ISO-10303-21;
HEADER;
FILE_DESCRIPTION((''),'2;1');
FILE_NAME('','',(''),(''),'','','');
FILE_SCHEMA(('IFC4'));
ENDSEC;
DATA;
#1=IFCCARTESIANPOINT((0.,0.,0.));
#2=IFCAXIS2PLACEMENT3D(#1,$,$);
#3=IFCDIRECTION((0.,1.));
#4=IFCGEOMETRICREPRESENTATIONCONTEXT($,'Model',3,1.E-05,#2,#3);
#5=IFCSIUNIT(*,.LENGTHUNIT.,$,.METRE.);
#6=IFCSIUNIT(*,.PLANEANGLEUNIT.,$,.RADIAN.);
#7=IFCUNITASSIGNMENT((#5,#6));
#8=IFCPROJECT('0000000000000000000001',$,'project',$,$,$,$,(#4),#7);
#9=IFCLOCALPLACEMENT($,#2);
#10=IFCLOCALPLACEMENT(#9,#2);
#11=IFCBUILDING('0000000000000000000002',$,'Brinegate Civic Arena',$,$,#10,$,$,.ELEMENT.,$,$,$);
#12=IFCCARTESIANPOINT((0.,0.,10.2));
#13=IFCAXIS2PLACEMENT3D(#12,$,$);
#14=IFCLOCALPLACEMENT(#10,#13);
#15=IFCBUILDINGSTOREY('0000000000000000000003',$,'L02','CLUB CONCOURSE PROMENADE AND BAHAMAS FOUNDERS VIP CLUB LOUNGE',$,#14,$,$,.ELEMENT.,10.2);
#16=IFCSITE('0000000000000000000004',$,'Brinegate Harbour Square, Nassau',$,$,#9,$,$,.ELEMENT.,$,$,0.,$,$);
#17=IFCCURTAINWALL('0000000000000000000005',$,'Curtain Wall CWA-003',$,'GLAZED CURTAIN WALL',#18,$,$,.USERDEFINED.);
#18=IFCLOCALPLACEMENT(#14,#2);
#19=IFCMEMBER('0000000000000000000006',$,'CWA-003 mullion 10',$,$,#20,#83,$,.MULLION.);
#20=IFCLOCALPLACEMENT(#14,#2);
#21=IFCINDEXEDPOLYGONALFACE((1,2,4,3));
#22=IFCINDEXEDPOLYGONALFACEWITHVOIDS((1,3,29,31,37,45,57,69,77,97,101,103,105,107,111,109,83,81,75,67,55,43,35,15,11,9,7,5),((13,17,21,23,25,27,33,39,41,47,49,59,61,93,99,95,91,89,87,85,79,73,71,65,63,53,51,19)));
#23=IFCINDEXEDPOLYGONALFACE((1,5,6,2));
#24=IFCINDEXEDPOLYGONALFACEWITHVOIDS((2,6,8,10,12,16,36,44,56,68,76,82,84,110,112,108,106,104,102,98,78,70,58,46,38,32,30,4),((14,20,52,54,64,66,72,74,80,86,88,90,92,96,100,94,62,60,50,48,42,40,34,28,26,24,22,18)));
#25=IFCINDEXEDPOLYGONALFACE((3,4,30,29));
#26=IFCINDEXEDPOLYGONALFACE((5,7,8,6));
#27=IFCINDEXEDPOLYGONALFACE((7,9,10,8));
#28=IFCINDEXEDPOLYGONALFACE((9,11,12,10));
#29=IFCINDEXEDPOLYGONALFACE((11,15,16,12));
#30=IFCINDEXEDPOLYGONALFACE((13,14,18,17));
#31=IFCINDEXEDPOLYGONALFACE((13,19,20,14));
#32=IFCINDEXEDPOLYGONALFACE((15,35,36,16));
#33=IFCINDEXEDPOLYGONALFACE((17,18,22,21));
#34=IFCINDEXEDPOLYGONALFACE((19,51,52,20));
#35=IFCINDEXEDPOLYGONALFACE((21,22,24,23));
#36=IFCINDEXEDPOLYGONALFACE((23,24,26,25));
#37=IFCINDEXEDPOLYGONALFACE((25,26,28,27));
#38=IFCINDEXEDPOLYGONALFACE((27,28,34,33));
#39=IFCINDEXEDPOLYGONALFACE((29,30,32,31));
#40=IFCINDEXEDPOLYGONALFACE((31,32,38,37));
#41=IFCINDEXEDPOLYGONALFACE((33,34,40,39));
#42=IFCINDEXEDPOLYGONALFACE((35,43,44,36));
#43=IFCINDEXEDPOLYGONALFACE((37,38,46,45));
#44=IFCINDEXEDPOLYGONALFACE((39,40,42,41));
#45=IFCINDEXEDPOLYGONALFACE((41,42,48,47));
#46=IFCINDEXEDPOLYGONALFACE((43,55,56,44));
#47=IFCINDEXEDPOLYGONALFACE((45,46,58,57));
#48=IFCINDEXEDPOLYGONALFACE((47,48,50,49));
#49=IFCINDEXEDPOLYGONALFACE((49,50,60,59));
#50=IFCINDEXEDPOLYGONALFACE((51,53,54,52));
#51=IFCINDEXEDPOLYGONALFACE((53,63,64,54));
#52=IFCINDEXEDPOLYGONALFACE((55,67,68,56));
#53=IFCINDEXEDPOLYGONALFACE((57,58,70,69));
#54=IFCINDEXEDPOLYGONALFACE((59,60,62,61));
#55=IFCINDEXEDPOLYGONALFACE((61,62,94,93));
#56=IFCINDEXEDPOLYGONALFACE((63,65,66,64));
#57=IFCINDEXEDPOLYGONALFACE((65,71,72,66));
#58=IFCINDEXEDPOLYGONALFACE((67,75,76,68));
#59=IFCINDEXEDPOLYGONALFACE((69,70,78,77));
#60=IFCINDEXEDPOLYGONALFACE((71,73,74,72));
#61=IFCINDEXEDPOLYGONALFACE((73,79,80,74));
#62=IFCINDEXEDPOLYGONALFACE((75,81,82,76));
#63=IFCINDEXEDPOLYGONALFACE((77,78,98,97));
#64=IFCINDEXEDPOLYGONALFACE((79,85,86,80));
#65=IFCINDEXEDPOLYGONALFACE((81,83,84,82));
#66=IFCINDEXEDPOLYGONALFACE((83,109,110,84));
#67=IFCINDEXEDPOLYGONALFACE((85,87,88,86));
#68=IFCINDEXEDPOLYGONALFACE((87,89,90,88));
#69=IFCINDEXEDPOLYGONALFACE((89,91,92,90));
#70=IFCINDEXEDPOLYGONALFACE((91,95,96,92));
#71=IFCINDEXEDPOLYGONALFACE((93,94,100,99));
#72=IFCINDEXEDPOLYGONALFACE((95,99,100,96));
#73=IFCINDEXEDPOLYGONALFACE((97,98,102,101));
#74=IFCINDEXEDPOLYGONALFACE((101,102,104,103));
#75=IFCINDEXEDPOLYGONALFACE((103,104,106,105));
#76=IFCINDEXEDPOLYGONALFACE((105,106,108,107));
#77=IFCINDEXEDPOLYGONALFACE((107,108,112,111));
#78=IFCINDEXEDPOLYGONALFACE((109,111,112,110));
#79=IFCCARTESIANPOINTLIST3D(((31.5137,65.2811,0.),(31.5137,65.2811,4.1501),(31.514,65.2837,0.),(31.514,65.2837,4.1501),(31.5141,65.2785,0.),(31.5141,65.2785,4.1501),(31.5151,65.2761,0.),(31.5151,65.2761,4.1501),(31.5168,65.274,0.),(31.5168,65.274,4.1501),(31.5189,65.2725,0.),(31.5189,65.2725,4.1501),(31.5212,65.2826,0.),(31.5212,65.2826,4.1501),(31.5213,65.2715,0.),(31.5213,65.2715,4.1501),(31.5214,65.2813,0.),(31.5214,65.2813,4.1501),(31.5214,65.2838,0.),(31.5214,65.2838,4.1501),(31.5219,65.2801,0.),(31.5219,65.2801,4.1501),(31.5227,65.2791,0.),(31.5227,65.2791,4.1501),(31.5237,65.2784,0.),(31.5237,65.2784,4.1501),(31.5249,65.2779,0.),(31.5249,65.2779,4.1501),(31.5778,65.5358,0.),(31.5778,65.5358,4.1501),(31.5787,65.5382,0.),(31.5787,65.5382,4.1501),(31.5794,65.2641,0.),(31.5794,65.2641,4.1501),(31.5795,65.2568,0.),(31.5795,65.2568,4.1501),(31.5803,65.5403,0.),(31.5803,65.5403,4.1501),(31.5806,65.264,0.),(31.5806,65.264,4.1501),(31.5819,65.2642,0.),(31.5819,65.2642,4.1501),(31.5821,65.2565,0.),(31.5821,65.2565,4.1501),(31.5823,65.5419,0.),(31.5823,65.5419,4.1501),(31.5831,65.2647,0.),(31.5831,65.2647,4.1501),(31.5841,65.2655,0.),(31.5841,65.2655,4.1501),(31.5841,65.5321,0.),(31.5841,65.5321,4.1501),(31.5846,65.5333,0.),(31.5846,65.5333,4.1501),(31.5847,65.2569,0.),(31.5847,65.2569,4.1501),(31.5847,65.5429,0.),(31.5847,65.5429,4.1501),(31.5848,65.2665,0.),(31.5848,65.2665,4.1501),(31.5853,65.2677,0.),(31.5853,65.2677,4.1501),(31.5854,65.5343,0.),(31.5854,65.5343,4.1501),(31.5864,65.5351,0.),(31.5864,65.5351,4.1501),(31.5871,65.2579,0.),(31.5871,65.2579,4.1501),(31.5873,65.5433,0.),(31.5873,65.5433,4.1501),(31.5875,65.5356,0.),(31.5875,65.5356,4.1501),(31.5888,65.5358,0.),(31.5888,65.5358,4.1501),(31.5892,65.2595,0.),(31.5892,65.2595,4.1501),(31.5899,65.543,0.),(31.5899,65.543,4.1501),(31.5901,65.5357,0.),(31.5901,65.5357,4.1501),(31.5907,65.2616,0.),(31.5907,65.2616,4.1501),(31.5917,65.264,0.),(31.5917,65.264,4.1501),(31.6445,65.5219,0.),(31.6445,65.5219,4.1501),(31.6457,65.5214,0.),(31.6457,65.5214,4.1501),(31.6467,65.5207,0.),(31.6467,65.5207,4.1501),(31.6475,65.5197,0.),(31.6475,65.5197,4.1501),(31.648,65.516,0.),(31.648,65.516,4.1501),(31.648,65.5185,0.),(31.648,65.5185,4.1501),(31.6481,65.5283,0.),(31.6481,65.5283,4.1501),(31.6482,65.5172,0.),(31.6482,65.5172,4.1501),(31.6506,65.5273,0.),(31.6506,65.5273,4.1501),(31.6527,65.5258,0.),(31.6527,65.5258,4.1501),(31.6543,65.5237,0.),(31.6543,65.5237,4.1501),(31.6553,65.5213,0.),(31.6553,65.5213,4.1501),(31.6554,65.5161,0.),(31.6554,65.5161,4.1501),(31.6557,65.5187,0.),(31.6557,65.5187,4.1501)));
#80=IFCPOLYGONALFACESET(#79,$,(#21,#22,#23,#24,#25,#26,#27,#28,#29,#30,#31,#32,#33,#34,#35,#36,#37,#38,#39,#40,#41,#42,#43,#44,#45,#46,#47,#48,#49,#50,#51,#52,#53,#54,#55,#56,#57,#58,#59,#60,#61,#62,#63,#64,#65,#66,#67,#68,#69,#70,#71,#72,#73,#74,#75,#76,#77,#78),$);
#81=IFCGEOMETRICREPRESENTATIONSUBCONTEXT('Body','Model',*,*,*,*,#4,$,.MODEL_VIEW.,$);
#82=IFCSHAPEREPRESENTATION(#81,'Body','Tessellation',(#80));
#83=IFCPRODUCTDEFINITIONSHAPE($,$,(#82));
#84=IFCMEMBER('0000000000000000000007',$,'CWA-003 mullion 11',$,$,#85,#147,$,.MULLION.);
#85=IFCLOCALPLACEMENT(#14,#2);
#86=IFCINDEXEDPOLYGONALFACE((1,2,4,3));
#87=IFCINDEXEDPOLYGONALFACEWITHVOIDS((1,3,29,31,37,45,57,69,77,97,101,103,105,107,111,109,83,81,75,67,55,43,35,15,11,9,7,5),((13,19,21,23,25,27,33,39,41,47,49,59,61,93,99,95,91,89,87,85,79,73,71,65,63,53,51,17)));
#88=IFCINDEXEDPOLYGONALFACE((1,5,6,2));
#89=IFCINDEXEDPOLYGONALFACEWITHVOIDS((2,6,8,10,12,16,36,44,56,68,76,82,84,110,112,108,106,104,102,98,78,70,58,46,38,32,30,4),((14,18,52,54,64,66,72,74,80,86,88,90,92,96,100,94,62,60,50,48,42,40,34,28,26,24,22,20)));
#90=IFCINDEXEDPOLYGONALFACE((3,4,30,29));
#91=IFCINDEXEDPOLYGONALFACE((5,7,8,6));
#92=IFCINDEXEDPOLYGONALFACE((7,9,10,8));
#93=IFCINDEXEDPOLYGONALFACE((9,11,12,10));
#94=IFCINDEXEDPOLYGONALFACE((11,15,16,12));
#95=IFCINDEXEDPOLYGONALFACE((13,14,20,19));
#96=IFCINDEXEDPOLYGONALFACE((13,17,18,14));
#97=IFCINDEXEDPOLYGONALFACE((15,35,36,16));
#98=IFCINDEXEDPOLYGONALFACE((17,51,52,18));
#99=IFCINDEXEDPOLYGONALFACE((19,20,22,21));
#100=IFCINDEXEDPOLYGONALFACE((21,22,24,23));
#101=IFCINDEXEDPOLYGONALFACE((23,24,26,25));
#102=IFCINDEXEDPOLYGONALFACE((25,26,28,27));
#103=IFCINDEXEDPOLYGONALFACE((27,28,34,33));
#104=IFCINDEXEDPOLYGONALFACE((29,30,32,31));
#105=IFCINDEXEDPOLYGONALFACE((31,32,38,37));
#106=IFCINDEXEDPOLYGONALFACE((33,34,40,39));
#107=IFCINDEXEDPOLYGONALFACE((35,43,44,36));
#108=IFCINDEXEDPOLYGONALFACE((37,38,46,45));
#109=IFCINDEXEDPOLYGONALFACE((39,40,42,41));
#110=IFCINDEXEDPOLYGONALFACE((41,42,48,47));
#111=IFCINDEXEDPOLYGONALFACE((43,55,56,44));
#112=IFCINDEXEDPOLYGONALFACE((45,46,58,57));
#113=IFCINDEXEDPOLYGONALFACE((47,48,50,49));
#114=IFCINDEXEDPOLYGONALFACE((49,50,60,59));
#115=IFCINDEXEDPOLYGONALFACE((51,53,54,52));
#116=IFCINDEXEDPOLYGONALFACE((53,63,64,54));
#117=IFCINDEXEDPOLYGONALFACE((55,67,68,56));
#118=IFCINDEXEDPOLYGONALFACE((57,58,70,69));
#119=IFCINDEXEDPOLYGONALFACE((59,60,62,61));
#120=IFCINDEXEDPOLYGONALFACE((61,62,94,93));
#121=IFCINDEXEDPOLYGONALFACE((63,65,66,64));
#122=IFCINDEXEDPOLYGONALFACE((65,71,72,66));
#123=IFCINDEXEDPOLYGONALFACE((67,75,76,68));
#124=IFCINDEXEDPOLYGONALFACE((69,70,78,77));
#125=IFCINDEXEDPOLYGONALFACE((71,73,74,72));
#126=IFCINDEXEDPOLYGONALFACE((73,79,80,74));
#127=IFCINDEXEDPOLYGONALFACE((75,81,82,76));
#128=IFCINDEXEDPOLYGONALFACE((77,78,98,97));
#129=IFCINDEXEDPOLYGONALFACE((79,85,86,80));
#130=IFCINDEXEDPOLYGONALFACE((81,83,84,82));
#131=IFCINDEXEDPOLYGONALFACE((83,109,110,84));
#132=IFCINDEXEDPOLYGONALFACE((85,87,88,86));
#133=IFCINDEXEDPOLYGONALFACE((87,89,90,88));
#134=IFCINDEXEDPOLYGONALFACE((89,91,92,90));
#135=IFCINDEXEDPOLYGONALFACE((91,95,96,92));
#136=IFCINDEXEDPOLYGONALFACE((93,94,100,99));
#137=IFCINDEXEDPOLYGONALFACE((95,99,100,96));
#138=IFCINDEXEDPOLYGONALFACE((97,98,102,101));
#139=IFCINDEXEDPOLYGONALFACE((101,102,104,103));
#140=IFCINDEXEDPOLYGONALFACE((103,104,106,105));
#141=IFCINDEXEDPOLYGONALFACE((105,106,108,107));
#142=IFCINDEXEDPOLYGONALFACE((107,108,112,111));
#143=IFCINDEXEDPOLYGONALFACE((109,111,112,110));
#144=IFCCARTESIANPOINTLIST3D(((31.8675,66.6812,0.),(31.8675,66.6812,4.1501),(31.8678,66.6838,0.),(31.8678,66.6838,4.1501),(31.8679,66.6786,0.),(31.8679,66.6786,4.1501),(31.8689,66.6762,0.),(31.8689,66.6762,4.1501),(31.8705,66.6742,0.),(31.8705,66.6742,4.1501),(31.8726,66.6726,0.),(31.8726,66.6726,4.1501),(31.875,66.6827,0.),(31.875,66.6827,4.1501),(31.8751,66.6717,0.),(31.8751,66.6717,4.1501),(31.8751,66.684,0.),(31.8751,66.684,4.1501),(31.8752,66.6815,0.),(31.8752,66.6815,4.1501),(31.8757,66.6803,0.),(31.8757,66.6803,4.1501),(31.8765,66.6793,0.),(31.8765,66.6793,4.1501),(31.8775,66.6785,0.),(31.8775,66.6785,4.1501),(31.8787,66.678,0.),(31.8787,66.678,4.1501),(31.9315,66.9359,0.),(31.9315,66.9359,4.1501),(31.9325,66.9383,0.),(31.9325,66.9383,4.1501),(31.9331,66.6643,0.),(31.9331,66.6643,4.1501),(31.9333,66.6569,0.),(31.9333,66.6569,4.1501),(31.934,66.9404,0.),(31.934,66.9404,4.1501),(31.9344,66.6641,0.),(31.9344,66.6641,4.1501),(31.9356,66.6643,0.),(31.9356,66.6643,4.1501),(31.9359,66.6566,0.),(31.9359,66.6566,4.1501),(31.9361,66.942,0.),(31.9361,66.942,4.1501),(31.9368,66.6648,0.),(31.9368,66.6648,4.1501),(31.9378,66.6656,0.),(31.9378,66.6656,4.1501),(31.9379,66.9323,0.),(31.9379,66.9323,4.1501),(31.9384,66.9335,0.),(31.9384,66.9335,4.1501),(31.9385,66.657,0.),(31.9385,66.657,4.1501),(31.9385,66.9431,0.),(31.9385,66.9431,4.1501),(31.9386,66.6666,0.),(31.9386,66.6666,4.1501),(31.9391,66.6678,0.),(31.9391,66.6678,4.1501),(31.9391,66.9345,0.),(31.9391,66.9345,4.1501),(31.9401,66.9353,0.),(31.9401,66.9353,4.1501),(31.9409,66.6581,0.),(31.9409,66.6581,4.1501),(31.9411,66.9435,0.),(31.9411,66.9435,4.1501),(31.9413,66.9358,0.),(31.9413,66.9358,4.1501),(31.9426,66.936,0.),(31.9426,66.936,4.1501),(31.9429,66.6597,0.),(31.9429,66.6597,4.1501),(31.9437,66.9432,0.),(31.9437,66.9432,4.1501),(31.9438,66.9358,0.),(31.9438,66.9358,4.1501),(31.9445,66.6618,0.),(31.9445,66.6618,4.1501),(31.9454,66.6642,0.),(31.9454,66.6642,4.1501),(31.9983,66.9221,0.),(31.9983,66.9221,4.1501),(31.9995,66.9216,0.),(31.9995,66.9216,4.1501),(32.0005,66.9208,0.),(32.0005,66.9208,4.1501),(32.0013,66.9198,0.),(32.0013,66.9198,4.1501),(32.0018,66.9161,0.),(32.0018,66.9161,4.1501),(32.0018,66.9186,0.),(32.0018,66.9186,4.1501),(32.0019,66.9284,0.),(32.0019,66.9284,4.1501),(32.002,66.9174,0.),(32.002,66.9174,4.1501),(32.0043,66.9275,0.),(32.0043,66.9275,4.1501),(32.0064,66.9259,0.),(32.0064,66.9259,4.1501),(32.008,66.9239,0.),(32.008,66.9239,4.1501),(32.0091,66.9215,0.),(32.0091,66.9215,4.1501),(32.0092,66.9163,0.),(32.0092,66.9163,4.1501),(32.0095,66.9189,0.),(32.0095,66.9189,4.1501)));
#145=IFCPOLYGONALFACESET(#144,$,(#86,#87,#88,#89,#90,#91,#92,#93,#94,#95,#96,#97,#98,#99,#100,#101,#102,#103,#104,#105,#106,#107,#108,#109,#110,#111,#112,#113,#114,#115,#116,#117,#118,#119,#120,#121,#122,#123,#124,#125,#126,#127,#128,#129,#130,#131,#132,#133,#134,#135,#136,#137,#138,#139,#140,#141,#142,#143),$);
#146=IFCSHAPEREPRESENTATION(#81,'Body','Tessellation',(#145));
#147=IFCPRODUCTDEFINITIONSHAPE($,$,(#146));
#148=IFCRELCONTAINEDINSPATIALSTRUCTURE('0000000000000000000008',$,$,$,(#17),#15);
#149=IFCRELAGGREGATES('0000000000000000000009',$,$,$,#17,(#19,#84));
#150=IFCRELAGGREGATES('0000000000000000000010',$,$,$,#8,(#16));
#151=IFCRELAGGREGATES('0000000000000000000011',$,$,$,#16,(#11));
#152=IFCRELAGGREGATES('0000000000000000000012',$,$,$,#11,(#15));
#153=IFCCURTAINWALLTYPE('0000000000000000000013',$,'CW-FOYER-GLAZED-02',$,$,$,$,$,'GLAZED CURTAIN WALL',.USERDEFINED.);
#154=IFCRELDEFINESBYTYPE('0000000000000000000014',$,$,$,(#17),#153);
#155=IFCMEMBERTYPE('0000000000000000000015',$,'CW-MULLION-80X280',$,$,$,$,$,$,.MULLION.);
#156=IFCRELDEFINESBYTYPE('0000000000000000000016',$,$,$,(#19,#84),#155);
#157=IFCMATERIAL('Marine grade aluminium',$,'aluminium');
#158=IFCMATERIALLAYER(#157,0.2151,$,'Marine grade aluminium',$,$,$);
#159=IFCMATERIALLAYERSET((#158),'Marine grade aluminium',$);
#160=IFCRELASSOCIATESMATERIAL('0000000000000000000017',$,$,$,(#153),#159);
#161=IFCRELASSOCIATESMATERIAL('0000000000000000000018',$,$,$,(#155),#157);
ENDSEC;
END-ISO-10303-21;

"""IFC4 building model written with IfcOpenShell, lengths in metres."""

from ifc_helpers import new_model, si_unit, direction, frame, origin, origin_2d, place, context, subcontext, project, spatial, hollow_rectangle, extrude, material, layer, layer_set, material_profile, profile_set, type_object, element, aggregate, save


model = new_model("IFC4")

# Units and contexts
model_context = context("Model", 3, precision=1e-05, world=origin(), true_north=direction((0.0, 1.0)))
body_context = subcontext(model_context, "Body", "Model", "MODEL_VIEW")
ifc_project = project(units=[si_unit("LENGTHUNIT", "METRE"), si_unit("PLANEANGLEUNIT", "RADIAN")], contexts=[model_context])

# Site, building, storey
site_placement = place(None, origin())
site = spatial("IfcSite", under=ifc_project, at=site_placement, Name="Brinegate Harbour Square, Nassau", CompositionType="ELEMENT", RefElevation=0.0)
building_placement = place(site_placement, origin())
building = spatial("IfcBuilding", under=site, at=building_placement, Name="Brinegate Civic Arena", CompositionType="ELEMENT")
storey_placement = place(building_placement, frame((0.0, 0.0, 10.2)))
storey = spatial("IfcBuildingStorey", under=building, at=storey_placement, Name="L02", Description="CLUB CONCOURSE PROMENADE AND BAHAMAS FOUNDERS VIP CLUB LOUNGE", CompositionType="ELEMENT", Elevation=10.2)

# Curtain wall, members
ifc_material_1 = material(Name="Marine grade aluminium", Category="aluminium")
ifc_layer_1 = layer(ifc_material_1, 0.2151, Name="Marine grade aluminium")
ifc_layer_set_1 = layer_set([ifc_layer_1], Name="Marine grade aluminium")
curtain_wall_type_1 = type_object("IfcCurtainWallType", Name="CW-FOYER-GLAZED-02", ElementType="GLAZED CURTAIN WALL", PredefinedType="USERDEFINED", material=ifc_layer_set_1)
curtain_wall_1_placement = place(storey_placement, origin())
curtain_wall_1 = element("IfcCurtainWall", 1, at=curtain_wall_1_placement, inside=storey, type_object=curtain_wall_type_1, Name="Curtain Wall CWA-003", ObjectType="GLAZED CURTAIN WALL", PredefinedType="USERDEFINED")
ifc_material_profile_1 = material_profile(ifc_material_1, hollow_rectangle(XDim=0.0801, YDim=0.28, WallThickness=0.0071, InnerFilletRadius=0.0049, OuterFilletRadius=0.01, at=origin_2d()), Name="MUL80X280")
ifc_profile_set_1 = profile_set([ifc_material_profile_1], Name="Marine grade aluminium")
member_type_1 = type_object("IfcMemberType", Name="CW-MULLION-80X280", PredefinedType="MULLION", material=ifc_profile_set_1)
member_1_placement = place(storey_placement, frame((31.5847, 65.3999, 0.0), z_axis=(0.0, 0.0, 1.0), x_axis=(-0.969513, 0.245042, 0.0)))
member_1 = element("IfcMember", 2, at=member_1_placement, type_object=member_type_1, Name="CWA-003 mullion 10", PredefinedType="MULLION", context=body_context, shape_type="SweptSolid", body=[
    extrude(hollow_rectangle(XDim=0.0801, YDim=0.28, WallThickness=0.0071, InnerFilletRadius=0.0049, OuterFilletRadius=0.01, at=origin_2d()), origin(), (0.0, 0.0, 1.0), 4.1501),
])
member_2_placement = place(storey_placement, frame((31.9385, 66.8, 0.0), z_axis=(0.0, 0.0, 1.0), x_axis=(-0.969513, 0.245042, 0.0)))
member_2 = element("IfcMember", 3, at=member_2_placement, type_object=member_type_1, Name="CWA-003 mullion 11", PredefinedType="MULLION", context=body_context, shape_type="SweptSolid", body=[
    extrude(hollow_rectangle(XDim=0.0801, YDim=0.28, WallThickness=0.0071, InnerFilletRadius=0.0049, OuterFilletRadius=0.01, at=origin_2d()), origin(), (0.0, 0.0, 1.0), 4.1501),
])

aggregate(curtain_wall_1, [member_1, member_2])

save(model, "model.ifc")
